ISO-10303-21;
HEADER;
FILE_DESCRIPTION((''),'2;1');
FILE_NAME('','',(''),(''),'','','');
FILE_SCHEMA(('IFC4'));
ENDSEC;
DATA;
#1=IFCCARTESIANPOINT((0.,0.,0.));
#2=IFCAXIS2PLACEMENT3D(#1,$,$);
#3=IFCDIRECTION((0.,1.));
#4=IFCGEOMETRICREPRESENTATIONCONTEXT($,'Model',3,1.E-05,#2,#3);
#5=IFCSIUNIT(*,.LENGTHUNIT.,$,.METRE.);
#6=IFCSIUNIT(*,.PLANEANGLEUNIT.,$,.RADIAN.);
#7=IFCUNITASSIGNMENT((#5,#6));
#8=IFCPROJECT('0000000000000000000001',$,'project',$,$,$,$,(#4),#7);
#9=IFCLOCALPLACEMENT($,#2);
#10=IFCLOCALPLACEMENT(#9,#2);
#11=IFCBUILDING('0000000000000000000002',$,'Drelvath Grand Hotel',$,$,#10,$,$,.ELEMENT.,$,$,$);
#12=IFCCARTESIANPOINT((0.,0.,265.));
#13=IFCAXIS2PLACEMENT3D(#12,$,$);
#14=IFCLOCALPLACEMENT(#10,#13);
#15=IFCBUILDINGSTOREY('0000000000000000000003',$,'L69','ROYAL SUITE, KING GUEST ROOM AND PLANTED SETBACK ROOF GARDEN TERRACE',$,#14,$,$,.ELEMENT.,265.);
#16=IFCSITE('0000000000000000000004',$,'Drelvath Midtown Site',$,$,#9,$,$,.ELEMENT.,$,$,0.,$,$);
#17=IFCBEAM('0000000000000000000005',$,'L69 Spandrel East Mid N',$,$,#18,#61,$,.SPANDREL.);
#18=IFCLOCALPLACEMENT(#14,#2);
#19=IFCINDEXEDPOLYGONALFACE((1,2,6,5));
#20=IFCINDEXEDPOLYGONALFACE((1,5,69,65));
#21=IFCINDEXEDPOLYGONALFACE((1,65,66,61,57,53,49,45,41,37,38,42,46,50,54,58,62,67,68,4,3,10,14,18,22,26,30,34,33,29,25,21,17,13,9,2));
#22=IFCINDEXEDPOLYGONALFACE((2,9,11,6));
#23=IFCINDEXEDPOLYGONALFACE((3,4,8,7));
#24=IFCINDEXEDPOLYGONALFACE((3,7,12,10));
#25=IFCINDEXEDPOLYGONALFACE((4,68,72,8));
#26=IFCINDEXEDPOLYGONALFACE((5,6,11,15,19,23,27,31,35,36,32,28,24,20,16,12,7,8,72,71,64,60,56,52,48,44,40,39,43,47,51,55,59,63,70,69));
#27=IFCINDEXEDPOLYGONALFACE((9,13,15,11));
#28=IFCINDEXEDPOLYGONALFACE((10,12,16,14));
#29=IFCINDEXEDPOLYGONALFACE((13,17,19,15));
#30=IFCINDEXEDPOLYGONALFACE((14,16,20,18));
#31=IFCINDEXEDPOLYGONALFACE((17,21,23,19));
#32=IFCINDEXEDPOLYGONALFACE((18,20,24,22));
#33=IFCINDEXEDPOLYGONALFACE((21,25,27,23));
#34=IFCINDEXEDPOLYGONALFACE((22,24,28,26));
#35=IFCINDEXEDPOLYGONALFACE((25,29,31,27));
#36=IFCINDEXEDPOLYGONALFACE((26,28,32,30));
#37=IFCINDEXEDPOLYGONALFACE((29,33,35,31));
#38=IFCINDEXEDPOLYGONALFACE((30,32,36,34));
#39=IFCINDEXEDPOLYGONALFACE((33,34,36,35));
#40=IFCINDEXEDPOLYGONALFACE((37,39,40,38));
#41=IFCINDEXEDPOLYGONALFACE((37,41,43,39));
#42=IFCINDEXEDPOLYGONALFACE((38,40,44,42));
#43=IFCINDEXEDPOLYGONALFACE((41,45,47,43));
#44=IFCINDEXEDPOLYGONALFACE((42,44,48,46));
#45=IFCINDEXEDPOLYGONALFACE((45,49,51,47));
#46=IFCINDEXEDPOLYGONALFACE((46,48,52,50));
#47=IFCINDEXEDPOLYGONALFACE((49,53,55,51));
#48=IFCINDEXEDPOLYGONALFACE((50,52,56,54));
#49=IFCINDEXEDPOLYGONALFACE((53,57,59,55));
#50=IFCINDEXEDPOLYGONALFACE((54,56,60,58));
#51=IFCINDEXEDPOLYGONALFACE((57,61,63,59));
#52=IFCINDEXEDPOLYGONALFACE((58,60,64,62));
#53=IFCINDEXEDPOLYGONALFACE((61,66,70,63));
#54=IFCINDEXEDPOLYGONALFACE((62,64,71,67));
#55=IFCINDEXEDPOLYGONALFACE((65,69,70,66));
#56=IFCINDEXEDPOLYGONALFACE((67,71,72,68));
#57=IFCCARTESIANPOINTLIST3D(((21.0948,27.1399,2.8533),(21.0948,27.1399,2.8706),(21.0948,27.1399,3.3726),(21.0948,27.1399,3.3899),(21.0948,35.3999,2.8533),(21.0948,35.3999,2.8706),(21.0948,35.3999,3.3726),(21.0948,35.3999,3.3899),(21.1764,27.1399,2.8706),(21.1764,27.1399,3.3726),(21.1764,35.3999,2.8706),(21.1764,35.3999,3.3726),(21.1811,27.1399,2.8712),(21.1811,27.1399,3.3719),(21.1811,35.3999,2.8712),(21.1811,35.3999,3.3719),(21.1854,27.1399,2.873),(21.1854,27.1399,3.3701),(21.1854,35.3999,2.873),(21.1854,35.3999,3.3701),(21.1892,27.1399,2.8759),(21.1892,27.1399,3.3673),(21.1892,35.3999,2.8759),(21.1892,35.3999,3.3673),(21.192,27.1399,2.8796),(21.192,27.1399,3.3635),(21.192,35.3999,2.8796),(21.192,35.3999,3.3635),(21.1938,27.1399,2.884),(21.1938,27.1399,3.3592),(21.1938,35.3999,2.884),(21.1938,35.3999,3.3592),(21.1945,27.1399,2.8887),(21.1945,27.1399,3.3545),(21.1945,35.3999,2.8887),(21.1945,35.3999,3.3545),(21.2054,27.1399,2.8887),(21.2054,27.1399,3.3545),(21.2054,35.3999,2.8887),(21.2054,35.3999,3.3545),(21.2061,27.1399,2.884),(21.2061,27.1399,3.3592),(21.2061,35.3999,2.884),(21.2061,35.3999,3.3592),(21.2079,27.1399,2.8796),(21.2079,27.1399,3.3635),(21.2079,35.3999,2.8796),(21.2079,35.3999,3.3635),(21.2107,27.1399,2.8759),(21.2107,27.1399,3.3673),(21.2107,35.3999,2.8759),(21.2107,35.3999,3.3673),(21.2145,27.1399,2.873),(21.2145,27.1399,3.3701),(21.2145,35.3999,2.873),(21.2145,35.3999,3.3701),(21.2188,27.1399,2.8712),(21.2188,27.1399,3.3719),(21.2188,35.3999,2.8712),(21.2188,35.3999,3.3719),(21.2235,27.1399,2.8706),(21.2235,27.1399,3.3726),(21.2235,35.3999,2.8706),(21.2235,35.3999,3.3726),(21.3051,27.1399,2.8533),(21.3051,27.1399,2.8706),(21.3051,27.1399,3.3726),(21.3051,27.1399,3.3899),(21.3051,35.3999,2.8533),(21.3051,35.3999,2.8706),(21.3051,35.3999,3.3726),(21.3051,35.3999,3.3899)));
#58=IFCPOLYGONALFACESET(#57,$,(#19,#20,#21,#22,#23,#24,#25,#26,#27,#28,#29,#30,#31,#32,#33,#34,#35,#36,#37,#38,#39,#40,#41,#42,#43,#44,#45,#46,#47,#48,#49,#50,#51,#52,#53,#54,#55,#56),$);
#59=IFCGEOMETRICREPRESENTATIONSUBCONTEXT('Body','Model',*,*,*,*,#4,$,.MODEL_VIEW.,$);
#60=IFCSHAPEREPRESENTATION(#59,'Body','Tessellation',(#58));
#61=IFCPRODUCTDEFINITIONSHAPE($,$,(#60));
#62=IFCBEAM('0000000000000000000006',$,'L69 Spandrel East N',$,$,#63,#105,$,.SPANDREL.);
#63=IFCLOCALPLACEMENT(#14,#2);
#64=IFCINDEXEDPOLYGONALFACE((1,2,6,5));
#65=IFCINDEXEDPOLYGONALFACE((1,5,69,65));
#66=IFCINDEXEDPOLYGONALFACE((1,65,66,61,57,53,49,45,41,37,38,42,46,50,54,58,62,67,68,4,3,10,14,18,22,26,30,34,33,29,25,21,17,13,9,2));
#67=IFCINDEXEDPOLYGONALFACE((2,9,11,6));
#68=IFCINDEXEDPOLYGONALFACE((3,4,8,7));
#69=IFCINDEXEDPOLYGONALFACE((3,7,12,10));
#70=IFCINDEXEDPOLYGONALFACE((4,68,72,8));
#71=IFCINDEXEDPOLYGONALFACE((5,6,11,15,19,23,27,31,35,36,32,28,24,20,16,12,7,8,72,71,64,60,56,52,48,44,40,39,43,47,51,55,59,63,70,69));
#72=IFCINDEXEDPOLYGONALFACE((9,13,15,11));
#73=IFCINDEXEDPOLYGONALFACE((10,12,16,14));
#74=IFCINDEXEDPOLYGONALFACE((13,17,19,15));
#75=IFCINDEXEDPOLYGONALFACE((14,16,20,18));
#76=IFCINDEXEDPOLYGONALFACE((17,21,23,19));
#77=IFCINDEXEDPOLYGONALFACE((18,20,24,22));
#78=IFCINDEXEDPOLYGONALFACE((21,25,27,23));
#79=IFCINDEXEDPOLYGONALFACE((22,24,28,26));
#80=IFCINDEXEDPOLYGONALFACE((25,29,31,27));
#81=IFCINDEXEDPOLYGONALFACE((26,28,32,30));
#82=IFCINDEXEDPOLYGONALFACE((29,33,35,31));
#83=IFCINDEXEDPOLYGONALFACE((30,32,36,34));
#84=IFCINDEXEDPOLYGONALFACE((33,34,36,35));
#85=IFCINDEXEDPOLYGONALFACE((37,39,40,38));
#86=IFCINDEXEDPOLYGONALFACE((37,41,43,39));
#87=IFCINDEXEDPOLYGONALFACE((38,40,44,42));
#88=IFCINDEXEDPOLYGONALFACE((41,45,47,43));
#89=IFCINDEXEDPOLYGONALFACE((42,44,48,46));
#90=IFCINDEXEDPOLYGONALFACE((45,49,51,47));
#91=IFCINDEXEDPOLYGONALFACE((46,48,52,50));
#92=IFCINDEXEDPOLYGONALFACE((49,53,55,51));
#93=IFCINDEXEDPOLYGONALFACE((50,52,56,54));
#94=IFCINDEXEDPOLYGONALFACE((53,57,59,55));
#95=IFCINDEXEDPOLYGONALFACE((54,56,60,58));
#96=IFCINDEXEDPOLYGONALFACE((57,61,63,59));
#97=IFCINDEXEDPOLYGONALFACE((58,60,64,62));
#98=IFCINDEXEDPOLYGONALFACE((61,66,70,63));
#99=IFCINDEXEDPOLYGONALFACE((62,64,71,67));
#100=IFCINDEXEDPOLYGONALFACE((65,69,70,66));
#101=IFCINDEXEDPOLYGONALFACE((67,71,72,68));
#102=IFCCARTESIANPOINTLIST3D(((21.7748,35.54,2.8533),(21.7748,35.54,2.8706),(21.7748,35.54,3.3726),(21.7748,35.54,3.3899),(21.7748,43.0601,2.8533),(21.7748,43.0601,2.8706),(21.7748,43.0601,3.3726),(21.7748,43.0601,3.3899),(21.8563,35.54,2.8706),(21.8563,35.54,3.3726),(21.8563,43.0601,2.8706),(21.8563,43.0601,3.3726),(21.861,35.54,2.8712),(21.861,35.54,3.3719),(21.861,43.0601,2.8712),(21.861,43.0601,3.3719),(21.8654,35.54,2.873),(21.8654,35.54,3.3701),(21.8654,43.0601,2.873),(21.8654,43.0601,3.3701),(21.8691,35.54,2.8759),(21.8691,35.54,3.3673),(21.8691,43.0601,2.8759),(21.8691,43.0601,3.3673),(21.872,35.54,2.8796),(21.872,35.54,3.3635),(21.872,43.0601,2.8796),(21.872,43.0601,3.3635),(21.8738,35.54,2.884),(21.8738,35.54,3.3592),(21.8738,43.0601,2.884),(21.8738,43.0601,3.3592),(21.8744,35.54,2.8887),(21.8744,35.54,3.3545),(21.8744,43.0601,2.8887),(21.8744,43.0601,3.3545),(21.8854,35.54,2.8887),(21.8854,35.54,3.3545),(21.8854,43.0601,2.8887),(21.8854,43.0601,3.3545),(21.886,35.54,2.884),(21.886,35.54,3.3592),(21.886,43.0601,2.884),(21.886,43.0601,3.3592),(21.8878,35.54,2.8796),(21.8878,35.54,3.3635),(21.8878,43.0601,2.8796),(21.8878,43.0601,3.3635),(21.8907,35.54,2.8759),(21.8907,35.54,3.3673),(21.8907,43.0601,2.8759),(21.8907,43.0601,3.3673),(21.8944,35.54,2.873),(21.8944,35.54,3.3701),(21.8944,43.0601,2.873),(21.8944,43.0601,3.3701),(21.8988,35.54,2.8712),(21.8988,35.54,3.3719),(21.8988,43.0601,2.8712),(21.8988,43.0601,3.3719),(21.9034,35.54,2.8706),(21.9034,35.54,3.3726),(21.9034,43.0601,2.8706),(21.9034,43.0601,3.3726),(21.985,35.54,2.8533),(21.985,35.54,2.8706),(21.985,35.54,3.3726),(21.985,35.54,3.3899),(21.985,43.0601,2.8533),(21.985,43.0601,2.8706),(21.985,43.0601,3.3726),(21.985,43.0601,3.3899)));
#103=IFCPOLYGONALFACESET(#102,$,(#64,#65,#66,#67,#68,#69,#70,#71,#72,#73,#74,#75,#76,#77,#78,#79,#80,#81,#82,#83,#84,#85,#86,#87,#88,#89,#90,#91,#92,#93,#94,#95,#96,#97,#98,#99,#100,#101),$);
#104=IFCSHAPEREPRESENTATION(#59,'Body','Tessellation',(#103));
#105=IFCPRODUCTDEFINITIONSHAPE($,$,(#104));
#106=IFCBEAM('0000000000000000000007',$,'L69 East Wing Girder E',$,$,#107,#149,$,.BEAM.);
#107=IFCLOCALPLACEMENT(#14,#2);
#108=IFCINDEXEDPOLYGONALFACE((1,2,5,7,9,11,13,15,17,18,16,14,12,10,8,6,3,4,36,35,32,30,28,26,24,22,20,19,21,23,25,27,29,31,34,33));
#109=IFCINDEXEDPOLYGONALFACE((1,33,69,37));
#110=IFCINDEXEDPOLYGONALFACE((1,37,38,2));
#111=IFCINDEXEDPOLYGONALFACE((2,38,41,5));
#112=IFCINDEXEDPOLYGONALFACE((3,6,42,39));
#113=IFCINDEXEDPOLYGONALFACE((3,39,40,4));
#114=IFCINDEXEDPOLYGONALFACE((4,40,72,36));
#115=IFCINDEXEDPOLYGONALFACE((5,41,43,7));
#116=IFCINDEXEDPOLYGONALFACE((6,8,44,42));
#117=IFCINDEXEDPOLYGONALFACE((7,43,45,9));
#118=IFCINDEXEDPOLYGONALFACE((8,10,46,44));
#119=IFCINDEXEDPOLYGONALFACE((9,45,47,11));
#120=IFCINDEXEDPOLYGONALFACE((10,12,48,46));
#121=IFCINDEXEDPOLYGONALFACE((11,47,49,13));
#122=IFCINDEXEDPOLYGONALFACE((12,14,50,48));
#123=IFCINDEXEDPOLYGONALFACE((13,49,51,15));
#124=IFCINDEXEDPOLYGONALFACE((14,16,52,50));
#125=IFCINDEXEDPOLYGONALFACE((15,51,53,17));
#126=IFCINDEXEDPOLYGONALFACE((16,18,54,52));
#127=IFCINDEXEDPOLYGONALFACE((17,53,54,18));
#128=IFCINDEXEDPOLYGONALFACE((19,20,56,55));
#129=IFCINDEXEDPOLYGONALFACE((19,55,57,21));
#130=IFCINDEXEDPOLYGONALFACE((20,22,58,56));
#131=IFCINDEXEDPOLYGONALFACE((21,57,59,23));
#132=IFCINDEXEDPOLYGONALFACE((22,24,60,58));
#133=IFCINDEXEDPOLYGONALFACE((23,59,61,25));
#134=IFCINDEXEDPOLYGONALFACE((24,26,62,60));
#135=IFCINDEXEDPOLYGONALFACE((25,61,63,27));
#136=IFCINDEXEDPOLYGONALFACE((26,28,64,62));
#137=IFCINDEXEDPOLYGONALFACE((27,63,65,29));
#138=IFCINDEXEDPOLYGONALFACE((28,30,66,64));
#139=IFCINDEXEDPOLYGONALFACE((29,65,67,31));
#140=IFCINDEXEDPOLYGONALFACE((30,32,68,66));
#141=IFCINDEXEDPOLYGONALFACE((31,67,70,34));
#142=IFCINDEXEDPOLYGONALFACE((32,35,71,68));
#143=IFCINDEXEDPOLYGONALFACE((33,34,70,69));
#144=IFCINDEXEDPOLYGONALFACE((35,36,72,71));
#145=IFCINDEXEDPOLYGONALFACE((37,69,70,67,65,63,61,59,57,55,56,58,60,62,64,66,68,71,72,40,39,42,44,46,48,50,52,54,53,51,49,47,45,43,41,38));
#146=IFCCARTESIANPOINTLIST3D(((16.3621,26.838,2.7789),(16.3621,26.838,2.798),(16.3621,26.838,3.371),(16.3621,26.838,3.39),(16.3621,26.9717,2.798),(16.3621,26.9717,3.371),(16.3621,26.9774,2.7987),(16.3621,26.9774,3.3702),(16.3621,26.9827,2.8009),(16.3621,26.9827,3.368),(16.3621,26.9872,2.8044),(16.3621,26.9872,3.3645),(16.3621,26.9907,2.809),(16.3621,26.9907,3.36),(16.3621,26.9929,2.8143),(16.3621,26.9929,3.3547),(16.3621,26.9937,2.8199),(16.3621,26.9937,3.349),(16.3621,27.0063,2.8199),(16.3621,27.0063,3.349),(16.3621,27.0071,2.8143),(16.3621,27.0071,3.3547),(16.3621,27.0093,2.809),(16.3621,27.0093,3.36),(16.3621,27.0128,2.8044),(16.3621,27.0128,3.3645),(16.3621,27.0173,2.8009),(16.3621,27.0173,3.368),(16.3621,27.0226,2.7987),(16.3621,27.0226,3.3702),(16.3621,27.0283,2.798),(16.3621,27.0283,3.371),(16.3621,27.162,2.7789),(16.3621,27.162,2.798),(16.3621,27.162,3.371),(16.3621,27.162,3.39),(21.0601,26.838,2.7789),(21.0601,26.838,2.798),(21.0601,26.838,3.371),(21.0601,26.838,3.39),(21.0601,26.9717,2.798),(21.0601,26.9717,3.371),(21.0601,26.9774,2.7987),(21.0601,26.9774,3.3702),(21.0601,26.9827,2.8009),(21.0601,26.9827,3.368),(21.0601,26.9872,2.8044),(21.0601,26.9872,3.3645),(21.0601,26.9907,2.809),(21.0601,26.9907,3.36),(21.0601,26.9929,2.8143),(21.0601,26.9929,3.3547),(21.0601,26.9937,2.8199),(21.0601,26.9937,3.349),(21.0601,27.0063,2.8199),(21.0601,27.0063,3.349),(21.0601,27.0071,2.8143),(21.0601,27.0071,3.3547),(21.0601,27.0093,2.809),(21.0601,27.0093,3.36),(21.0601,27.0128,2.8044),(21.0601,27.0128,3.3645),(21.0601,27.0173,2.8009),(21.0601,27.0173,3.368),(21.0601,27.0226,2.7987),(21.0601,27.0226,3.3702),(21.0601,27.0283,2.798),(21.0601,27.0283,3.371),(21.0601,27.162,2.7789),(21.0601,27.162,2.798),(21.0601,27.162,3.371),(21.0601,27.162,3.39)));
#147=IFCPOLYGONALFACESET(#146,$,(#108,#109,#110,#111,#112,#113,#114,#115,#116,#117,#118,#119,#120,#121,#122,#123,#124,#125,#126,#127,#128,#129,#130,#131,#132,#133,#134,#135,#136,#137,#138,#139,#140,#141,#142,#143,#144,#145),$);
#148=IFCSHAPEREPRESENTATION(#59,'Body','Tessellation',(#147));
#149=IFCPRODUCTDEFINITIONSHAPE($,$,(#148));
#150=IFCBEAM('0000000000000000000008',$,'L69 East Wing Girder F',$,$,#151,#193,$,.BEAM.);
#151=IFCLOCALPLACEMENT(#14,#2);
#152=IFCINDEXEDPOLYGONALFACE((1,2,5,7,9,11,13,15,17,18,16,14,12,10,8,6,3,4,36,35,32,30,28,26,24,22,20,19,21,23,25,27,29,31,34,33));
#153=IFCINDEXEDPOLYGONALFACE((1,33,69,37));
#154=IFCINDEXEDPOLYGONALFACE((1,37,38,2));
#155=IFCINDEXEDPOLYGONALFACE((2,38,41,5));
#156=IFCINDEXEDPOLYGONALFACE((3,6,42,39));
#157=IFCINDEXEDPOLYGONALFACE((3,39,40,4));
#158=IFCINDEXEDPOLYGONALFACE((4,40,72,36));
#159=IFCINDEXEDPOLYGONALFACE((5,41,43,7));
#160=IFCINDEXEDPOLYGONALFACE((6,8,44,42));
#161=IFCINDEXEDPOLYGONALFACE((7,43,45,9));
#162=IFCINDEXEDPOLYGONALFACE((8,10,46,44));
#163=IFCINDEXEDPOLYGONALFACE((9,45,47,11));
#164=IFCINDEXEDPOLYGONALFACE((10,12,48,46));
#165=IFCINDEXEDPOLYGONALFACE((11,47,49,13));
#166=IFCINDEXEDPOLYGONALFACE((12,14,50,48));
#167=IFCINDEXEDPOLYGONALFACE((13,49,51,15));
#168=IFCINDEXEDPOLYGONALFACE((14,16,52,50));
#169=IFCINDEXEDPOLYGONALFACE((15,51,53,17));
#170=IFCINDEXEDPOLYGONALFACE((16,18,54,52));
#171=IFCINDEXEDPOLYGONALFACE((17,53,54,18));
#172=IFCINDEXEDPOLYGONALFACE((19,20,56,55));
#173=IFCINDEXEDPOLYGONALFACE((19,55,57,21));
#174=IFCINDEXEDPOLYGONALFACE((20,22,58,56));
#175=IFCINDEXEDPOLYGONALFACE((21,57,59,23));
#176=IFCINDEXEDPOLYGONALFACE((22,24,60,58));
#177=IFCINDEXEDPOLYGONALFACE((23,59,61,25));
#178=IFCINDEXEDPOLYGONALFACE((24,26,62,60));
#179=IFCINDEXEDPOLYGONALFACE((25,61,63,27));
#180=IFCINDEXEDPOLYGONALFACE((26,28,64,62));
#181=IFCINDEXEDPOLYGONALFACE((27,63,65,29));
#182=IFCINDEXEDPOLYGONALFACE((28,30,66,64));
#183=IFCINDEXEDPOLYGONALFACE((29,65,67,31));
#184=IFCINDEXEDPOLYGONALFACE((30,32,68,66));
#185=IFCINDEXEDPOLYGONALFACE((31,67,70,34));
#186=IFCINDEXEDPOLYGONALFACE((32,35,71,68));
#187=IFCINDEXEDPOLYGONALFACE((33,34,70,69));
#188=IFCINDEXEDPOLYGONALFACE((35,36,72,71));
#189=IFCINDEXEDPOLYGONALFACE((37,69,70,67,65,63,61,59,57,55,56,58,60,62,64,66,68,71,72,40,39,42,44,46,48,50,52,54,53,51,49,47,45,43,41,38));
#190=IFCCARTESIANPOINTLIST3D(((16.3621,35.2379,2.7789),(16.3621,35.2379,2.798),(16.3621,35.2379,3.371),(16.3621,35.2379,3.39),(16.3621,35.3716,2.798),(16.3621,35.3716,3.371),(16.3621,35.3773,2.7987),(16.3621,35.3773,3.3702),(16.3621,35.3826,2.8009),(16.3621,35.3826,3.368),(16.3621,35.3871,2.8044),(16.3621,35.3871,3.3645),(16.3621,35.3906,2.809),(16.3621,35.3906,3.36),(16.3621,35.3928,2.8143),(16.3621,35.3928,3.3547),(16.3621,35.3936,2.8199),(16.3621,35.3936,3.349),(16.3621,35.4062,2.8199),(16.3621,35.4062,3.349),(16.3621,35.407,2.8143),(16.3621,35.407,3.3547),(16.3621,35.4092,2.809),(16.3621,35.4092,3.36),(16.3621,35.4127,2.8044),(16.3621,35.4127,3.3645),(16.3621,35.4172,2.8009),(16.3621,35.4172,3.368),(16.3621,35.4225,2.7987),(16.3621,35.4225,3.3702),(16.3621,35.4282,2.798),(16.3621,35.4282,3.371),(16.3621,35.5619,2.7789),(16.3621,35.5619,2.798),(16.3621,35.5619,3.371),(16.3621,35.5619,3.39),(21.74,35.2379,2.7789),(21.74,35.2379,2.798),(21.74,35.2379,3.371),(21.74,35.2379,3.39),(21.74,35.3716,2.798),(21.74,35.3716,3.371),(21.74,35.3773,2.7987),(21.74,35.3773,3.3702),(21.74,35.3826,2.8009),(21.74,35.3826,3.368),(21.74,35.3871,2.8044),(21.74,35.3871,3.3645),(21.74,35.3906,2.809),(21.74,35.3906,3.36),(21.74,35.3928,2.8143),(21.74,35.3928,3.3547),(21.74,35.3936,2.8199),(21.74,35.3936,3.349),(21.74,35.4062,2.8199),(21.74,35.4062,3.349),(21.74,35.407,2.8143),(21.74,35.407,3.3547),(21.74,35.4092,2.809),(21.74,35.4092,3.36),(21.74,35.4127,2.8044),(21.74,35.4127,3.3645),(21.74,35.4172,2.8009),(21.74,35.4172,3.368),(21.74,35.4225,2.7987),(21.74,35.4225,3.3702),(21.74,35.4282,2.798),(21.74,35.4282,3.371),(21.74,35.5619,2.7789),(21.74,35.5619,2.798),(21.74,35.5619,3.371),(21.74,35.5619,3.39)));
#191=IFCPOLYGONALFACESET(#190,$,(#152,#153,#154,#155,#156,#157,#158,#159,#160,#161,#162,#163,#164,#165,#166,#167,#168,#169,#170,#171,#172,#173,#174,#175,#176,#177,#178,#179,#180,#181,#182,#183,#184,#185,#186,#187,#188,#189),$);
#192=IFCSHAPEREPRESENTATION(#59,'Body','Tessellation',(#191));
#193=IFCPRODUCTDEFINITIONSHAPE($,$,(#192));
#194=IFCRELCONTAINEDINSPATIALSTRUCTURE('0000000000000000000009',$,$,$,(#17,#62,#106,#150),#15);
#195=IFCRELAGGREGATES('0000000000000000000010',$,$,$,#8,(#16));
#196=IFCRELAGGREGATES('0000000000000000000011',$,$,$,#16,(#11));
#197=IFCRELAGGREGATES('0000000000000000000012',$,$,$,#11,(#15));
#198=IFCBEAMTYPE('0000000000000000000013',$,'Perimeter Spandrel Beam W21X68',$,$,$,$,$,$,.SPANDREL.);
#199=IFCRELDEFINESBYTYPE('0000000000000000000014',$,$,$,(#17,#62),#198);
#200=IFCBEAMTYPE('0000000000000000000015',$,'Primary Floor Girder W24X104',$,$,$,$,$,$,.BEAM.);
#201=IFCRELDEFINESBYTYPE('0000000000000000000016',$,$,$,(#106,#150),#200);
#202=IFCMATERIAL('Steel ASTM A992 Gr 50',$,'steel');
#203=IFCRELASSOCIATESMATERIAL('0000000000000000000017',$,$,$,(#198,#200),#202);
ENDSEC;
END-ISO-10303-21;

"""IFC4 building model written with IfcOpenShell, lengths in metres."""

from ifc_helpers import new_model, si_unit, direction, frame, origin, origin_2d, place, context, subcontext, project, spatial, i_section, extrude, material, material_profile, profile_set, type_object, element, save


model = new_model("IFC4")

# Units and contexts
model_context = context("Model", 3, precision=1e-05, world=origin(), true_north=direction((0.0, 1.0)))
body_context = subcontext(model_context, "Body", "Model", "MODEL_VIEW")
ifc_project = project(units=[si_unit("LENGTHUNIT", "METRE"), si_unit("PLANEANGLEUNIT", "RADIAN")], contexts=[model_context])

# Site, building, storey
site_placement = place(None, origin())
site = spatial("IfcSite", under=ifc_project, at=site_placement, Name="Drelvath Midtown Site", CompositionType="ELEMENT", RefElevation=0.0)
building_placement = place(site_placement, origin())
building = spatial("IfcBuilding", under=site, at=building_placement, Name="Drelvath Grand Hotel", CompositionType="ELEMENT")
storey_placement = place(building_placement, frame((0.0, 0.0, 265.0)))
storey = spatial("IfcBuildingStorey", under=building, at=storey_placement, Name="L69", Description="ROYAL SUITE, KING GUEST ROOM AND PLANTED SETBACK ROOF GARDEN TERRACE", CompositionType="ELEMENT", Elevation=265.0)

# Beams
ifc_material_1 = material(Name="Steel ASTM A992 Gr 50", Category="steel")
ifc_material_profile_1 = material_profile(ifc_material_1, i_section(OverallWidth=0.2102, OverallDepth=0.5366, WebThickness=0.011, FlangeThickness=0.0173, FilletRadius=0.0181, at=origin_2d()), Name="W21X68")
ifc_profile_set_1 = profile_set([ifc_material_profile_1], Name="Steel ASTM A992 Gr 50")
beam_type_1 = type_object("IfcBeamType", Name="Perimeter Spandrel Beam W21X68", PredefinedType="SPANDREL", material=ifc_profile_set_1)
beam_1_placement = place(storey_placement, frame((21.2, 27.1399, 3.1216), z_axis=(0.0, 1.0, 0.0), x_axis=(-1.0, 0.0, 0.0)))
element("IfcBeam", 1, at=beam_1_placement, inside=storey, type_object=beam_type_1, Name="L69 Spandrel East Mid N", PredefinedType="SPANDREL", context=body_context, shape_type="SweptSolid", body=[
    extrude(i_section(OverallWidth=0.2102, OverallDepth=0.5366, WebThickness=0.011, FlangeThickness=0.0173, FilletRadius=0.0181, at=origin_2d()), origin(), (0.0, 0.0, 1.0), 8.26),
])
beam_2_placement = place(storey_placement, frame((21.8799, 35.54, 3.1216), z_axis=(0.0, 1.0, 0.0), x_axis=(-1.0, 0.0, 0.0)))
element("IfcBeam", 2, at=beam_2_placement, inside=storey, type_object=beam_type_1, Name="L69 Spandrel East N", PredefinedType="SPANDREL", context=body_context, shape_type="SweptSolid", body=[
    extrude(i_section(OverallWidth=0.2102, OverallDepth=0.5366, WebThickness=0.011, FlangeThickness=0.0173, FilletRadius=0.0181, at=origin_2d()), origin(), (0.0, 0.0, 1.0), 7.52),
])
ifc_material_profile_2 = material_profile(ifc_material_1, i_section(OverallWidth=0.324, OverallDepth=0.6111, WebThickness=0.0127, FlangeThickness=0.019, FilletRadius=0.022, at=origin_2d()), Name="W24X104")
ifc_profile_set_2 = profile_set([ifc_material_profile_2], Name="Steel ASTM A992 Gr 50")
beam_type_2 = type_object("IfcBeamType", Name="Primary Floor Girder W24X104", PredefinedType="BEAM", material=ifc_profile_set_2)
beam_3_placement = place(storey_placement, frame((16.3621, 27.0, 3.0845), z_axis=(1.0, 0.0, 0.0), x_axis=(0.0, 1.0, 0.0)))
element("IfcBeam", 3, at=beam_3_placement, inside=storey, type_object=beam_type_2, Name="L69 East Wing Girder E", PredefinedType="BEAM", context=body_context, shape_type="SweptSolid", body=[
    extrude(i_section(OverallWidth=0.324, OverallDepth=0.6111, WebThickness=0.0127, FlangeThickness=0.019, FilletRadius=0.022, at=origin_2d()), origin(), (0.0, 0.0, 1.0), 4.698),
])
beam_4_placement = place(storey_placement, frame((16.3621, 35.3999, 3.0845), z_axis=(1.0, 0.0, 0.0), x_axis=(0.0, 1.0, 0.0)))
element("IfcBeam", 4, at=beam_4_placement, inside=storey, type_object=beam_type_2, Name="L69 East Wing Girder F", PredefinedType="BEAM", context=body_context, shape_type="SweptSolid", body=[
    extrude(i_section(OverallWidth=0.324, OverallDepth=0.6111, WebThickness=0.0127, FlangeThickness=0.019, FilletRadius=0.022, at=origin_2d()), origin(), (0.0, 0.0, 1.0), 5.3779),
])

save(model, "model.ifc")
